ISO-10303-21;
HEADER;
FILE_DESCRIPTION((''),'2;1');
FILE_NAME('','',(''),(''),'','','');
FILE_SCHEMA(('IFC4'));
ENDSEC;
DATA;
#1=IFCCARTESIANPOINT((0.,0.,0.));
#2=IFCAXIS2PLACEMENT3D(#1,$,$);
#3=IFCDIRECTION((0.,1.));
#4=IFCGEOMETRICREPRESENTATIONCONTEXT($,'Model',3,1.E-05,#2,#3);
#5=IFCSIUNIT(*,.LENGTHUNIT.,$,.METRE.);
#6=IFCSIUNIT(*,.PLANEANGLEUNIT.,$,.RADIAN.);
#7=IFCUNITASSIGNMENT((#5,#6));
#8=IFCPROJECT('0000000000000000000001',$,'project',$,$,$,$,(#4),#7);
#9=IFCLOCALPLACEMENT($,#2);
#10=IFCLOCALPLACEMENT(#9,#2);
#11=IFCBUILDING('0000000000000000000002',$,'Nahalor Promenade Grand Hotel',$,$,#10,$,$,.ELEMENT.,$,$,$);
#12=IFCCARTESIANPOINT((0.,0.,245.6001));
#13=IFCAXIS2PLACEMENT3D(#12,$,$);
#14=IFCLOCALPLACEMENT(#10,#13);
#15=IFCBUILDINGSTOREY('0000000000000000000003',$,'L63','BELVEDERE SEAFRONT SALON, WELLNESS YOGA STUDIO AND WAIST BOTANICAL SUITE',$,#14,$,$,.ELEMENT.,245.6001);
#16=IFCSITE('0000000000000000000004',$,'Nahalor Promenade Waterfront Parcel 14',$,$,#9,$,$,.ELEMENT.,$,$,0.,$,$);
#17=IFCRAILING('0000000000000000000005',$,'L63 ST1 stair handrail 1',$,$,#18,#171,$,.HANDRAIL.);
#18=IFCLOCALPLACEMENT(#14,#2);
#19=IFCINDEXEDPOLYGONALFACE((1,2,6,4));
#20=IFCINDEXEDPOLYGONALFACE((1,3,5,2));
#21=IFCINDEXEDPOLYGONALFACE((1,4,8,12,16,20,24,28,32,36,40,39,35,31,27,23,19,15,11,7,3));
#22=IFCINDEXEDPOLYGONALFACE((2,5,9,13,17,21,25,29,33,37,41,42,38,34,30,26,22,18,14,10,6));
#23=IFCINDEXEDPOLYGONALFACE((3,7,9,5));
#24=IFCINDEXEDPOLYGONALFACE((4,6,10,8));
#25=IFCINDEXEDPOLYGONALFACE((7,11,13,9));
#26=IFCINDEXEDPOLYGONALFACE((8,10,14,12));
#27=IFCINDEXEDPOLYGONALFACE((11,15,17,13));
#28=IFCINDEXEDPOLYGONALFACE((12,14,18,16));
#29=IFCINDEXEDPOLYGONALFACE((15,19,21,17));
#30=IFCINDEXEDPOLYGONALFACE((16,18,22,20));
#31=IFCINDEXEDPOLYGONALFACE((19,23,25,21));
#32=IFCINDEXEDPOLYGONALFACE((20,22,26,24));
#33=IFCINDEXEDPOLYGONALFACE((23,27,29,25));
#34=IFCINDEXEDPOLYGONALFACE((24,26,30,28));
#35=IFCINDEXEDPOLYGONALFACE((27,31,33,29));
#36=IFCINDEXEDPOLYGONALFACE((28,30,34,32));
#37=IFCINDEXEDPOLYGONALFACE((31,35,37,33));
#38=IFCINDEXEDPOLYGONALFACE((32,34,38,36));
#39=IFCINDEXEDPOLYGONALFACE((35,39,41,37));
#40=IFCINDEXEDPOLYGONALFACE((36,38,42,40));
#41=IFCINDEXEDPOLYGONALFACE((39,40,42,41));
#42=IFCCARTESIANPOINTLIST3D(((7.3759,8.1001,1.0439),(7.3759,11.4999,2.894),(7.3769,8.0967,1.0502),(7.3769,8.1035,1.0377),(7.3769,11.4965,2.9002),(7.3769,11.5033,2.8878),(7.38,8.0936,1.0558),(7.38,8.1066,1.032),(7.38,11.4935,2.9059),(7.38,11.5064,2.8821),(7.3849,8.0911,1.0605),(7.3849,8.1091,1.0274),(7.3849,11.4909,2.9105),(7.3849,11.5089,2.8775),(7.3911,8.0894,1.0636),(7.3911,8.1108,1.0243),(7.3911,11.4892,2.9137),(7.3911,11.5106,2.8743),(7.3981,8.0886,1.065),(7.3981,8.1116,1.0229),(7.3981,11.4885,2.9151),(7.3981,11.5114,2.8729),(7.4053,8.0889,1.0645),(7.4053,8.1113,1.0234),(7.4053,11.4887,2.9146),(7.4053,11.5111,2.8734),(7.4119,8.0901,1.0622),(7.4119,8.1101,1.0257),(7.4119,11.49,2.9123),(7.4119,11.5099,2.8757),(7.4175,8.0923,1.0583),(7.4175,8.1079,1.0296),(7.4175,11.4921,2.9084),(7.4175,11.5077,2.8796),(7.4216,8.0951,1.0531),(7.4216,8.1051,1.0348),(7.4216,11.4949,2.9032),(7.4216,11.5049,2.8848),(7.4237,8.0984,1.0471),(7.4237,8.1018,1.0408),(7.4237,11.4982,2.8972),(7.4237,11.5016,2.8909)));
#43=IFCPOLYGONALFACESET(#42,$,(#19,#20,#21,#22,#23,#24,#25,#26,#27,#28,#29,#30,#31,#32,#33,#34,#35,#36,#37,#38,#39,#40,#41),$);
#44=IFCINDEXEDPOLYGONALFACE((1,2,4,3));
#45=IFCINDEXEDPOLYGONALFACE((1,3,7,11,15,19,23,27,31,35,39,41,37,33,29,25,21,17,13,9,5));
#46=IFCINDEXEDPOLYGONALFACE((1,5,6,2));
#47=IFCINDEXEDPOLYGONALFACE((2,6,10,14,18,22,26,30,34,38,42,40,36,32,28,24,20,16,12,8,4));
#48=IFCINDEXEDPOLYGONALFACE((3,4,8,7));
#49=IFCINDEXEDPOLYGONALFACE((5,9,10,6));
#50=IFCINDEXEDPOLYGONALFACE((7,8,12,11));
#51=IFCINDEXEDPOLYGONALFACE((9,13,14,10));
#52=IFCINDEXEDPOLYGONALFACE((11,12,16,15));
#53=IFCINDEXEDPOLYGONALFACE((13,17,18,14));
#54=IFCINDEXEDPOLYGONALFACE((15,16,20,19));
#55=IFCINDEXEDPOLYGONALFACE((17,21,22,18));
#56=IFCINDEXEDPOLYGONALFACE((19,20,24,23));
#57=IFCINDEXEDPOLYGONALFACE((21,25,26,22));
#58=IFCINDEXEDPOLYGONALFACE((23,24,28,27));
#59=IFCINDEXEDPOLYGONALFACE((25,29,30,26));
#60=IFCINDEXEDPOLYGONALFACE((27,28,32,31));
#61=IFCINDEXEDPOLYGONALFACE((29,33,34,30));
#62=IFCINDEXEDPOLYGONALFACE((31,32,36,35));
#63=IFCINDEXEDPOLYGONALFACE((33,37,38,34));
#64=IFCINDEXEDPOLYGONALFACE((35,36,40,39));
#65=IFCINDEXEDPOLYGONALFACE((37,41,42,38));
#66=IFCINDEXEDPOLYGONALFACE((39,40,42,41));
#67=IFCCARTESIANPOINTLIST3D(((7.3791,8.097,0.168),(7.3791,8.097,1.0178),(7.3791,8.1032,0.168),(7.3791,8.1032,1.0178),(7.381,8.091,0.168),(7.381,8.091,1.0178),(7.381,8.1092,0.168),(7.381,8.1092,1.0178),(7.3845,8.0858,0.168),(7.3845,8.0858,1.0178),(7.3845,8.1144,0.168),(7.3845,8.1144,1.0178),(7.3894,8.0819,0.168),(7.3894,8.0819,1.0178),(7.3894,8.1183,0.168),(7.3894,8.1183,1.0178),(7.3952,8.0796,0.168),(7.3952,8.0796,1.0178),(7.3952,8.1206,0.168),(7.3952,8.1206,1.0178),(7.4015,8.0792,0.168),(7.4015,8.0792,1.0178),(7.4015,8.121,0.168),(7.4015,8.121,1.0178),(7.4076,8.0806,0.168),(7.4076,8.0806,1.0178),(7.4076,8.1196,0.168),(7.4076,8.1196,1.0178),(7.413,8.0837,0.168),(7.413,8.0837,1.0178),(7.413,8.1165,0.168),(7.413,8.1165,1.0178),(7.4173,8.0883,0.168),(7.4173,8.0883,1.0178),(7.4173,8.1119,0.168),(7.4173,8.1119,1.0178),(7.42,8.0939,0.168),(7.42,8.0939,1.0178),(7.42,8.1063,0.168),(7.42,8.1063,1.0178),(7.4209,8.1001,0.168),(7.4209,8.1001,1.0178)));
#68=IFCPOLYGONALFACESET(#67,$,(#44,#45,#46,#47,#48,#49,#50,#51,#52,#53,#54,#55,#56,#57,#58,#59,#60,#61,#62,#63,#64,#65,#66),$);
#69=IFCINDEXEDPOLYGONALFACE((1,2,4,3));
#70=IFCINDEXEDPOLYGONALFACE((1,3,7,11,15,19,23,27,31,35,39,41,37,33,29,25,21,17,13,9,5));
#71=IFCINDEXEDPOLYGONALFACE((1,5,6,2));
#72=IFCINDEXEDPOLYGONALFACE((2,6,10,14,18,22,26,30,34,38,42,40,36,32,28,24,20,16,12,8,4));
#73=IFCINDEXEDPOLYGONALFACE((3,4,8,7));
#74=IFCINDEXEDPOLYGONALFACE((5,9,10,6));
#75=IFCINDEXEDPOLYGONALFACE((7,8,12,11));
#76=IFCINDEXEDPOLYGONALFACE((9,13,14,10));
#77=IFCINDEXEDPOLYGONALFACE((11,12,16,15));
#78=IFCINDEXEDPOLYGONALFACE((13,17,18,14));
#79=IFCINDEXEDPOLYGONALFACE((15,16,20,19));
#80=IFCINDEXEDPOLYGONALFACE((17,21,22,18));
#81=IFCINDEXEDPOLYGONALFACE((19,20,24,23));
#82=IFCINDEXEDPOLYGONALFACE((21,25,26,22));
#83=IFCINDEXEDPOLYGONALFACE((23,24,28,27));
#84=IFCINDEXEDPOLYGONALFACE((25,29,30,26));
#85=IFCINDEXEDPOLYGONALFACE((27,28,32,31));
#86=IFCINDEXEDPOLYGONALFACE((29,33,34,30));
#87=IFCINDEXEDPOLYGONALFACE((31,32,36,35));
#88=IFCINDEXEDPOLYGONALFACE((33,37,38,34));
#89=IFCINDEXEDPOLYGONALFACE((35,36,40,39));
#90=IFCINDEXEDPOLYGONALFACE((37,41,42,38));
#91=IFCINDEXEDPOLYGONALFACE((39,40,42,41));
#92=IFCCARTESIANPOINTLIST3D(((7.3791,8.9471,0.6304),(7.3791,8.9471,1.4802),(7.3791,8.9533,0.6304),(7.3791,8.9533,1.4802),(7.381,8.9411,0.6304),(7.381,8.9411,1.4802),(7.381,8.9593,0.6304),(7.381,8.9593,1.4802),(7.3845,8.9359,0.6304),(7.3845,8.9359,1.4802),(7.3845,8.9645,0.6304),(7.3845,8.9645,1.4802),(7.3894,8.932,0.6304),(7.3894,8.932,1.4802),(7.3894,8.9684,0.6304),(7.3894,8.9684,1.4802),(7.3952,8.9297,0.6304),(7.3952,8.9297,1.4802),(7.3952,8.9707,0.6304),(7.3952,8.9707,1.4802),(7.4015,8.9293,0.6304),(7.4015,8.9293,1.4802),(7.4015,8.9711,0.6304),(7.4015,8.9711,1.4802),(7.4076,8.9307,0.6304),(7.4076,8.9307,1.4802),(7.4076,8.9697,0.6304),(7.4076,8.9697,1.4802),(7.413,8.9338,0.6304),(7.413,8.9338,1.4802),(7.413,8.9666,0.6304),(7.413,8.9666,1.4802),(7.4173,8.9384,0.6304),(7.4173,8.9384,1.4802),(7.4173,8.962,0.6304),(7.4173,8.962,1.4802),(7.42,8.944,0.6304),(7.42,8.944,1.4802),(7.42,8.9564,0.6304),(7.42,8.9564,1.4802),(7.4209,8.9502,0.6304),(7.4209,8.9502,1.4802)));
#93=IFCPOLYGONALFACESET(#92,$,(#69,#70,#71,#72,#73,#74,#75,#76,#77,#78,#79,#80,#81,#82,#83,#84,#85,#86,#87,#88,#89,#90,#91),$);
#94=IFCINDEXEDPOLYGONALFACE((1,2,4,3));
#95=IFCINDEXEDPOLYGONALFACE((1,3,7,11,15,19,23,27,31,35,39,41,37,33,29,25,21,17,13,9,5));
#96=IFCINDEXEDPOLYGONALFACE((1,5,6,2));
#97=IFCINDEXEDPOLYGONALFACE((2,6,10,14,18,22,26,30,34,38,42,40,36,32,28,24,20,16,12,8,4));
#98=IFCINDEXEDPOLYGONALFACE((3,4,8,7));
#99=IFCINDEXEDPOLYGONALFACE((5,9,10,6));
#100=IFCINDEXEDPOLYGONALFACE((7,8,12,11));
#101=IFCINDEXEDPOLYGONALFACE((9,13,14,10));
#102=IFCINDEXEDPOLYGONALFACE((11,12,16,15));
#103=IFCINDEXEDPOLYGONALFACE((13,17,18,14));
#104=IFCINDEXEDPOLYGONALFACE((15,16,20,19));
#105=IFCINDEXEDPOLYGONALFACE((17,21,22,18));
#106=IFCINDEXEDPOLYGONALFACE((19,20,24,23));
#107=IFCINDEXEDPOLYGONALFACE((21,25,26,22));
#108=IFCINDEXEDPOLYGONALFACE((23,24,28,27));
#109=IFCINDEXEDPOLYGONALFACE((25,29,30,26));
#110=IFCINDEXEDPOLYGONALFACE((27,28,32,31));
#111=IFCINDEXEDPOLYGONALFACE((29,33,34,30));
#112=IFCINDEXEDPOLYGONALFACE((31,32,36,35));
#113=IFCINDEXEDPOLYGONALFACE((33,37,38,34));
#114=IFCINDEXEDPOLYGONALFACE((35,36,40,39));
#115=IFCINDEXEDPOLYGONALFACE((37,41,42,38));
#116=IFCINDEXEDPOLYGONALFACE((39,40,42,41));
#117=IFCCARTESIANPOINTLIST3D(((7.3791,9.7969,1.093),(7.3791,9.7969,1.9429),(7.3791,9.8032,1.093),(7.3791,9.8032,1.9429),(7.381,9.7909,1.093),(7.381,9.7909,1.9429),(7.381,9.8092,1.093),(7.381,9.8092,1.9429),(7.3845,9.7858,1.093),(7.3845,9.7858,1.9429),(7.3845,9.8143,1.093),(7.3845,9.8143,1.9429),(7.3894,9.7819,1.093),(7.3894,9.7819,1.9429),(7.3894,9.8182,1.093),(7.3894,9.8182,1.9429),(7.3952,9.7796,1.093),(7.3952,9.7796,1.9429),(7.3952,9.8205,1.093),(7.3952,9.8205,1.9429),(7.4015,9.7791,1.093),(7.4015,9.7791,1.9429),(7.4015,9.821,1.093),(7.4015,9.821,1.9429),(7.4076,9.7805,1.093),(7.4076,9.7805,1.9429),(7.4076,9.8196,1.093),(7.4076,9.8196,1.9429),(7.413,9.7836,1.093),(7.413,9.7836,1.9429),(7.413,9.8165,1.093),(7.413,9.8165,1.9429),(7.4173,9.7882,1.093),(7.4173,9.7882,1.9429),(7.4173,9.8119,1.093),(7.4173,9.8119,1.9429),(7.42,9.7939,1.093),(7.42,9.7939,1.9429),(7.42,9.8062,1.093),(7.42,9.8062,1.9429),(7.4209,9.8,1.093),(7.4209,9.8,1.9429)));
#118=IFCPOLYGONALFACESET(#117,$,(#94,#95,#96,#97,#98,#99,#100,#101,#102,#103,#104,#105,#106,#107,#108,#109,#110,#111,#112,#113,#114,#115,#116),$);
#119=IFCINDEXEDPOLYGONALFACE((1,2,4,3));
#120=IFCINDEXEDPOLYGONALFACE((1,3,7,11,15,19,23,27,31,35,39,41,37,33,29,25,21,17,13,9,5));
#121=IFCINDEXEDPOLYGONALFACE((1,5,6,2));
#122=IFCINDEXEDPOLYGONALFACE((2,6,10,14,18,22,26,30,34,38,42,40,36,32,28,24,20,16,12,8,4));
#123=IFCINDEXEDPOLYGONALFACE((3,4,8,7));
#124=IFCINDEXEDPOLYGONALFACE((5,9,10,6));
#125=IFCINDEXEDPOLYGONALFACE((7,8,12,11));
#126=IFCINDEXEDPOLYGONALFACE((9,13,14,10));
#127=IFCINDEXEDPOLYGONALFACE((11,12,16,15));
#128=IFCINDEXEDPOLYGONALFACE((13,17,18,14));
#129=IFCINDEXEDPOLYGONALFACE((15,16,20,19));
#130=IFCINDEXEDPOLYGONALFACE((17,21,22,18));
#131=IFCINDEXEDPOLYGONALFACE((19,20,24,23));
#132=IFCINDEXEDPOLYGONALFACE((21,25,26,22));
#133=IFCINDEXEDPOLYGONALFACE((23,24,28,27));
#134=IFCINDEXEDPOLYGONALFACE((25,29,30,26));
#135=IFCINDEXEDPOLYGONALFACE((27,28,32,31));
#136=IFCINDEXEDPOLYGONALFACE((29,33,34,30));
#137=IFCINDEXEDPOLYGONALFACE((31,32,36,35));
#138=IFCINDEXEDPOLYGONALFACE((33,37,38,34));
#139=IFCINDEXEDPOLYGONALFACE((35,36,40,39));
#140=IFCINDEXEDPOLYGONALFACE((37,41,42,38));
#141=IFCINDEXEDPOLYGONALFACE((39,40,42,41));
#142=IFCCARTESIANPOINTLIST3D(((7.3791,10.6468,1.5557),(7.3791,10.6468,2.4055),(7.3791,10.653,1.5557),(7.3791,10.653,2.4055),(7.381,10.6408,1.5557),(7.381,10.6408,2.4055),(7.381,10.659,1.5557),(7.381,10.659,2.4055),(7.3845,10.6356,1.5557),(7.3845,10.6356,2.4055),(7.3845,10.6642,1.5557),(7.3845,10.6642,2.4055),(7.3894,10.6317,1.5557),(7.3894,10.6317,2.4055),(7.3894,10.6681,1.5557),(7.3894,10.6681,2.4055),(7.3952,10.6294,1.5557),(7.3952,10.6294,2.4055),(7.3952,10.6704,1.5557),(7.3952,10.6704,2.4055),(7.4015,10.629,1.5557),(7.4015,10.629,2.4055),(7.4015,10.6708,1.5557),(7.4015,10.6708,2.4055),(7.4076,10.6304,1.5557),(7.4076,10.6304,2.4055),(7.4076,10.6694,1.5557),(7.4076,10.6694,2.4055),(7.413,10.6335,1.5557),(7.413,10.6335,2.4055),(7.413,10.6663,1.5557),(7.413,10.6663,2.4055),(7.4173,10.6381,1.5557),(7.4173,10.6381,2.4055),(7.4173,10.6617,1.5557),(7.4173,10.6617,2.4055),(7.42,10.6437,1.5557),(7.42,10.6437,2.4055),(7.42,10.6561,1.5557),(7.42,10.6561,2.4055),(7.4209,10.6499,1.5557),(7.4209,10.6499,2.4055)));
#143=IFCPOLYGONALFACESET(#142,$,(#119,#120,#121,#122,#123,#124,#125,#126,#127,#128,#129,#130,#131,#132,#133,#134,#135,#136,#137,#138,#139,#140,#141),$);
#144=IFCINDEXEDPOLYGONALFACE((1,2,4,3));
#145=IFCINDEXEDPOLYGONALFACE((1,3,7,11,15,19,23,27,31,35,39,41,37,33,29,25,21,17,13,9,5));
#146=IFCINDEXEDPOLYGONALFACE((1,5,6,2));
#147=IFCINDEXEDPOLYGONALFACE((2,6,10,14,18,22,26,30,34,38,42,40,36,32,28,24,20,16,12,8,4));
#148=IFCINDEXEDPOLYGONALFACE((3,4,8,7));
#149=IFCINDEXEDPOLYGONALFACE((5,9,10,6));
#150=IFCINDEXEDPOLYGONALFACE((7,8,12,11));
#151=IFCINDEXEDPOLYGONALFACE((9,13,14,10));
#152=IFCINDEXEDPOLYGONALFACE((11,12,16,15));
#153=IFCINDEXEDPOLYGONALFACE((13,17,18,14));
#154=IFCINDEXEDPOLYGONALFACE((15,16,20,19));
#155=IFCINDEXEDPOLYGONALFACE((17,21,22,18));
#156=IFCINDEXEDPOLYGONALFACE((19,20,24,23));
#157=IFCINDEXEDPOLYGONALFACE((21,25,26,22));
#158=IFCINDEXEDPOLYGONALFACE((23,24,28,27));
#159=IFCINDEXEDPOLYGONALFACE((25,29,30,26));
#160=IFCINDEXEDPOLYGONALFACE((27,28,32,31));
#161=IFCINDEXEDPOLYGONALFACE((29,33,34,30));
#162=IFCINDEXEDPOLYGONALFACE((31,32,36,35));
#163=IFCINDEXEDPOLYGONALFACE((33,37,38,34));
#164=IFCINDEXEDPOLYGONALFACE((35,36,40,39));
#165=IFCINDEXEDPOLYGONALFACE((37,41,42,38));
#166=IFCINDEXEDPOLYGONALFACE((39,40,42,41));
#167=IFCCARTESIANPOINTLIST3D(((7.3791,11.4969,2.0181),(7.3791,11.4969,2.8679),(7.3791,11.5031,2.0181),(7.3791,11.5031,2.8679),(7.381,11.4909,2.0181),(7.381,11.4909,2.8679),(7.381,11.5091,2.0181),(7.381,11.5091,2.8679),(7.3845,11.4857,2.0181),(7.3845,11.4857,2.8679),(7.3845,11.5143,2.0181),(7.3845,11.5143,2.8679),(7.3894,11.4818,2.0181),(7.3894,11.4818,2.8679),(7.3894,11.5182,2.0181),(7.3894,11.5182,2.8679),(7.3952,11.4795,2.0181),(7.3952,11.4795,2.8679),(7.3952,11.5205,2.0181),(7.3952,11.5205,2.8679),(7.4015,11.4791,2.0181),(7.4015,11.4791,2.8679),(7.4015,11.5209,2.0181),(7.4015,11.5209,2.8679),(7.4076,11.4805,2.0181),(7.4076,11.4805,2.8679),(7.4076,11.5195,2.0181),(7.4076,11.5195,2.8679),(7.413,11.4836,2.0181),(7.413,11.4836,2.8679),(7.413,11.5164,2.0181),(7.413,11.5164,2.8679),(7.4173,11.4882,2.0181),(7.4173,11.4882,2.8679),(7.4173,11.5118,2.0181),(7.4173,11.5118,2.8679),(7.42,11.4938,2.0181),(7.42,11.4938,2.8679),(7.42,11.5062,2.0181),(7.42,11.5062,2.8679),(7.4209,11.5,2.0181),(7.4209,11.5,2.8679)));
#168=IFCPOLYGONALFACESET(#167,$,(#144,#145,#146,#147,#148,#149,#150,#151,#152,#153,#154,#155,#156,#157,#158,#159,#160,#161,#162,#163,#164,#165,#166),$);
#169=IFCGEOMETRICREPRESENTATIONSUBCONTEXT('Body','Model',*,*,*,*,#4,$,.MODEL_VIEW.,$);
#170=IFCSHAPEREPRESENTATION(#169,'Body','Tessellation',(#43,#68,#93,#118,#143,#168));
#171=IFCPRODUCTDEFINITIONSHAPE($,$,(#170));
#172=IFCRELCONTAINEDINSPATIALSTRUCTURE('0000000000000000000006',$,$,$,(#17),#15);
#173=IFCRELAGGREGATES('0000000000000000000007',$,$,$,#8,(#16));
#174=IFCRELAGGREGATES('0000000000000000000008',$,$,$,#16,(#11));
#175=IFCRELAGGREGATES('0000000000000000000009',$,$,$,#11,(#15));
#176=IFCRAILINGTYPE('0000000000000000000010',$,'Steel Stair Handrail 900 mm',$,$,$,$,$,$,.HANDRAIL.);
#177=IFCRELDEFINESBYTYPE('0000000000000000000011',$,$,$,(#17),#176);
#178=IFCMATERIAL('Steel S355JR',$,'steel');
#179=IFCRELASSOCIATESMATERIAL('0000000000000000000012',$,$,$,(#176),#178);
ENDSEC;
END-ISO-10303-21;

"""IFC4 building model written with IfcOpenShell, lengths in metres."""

from ifc_helpers import new_model, si_unit, direction, frame, origin, origin_2d, place, context, subcontext, project, spatial, circle, extrude, material, type_object, element, save


model = new_model("IFC4")

# Units and contexts
model_context = context("Model", 3, precision=1e-05, world=origin(), true_north=direction((0.0, 1.0)))
body_context = subcontext(model_context, "Body", "Model", "MODEL_VIEW")
ifc_project = project(units=[si_unit("LENGTHUNIT", "METRE"), si_unit("PLANEANGLEUNIT", "RADIAN")], contexts=[model_context])

# Site, building, storey
site_placement = place(None, origin())
site = spatial("IfcSite", under=ifc_project, at=site_placement, Name="Nahalor Promenade Waterfront Parcel 14", CompositionType="ELEMENT", RefElevation=0.0)
building_placement = place(site_placement, origin())
building = spatial("IfcBuilding", under=site, at=building_placement, Name="Nahalor Promenade Grand Hotel", CompositionType="ELEMENT")
storey_placement = place(building_placement, frame((0.0, 0.0, 245.6001)))
storey = spatial("IfcBuildingStorey", under=building, at=storey_placement, Name="L63", Description="BELVEDERE SEAFRONT SALON, WELLNESS YOGA STUDIO AND WAIST BOTANICAL SUITE", CompositionType="ELEMENT", Elevation=245.6001)

# Shared definitions
ifc_material_1 = material(Name="Steel S355JR", Category="steel")

# Railing
railing_type_1 = type_object("IfcRailingType", Name="Steel Stair Handrail 900 mm", PredefinedType="HANDRAIL", material=ifc_material_1)
railing_1_placement = place(storey_placement, frame((7.3999, 8.1001, 0.168)))
element("IfcRailing", 1, at=railing_1_placement, inside=storey, type_object=railing_type_1, Name="L63 ST1 stair handrail 1", PredefinedType="HANDRAIL", context=body_context, shape_type="SweptSolid", body=[
    extrude(circle(Radius=0.024, at=origin_2d()), frame((0.0, 0.0, 0.876), z_axis=(0.0, 0.878372, 0.477977), x_axis=(-1.0, 0.0, 0.0)), (0.0, 0.0, 1.0), 3.8706),
    extrude(circle(Radius=0.021, at=origin_2d()), origin(), (0.0, 0.0, 1.0), 0.8499),
    extrude(circle(Radius=0.021, at=origin_2d()), frame((0.0, 0.8501, 0.4624)), (0.0, 0.0, 1.0), 0.8499),
    extrude(circle(Radius=0.021, at=origin_2d()), frame((0.0, 1.7, 0.925)), (0.0, 0.0, 1.0), 0.8499),
    extrude(circle(Radius=0.021, at=origin_2d()), frame((0.0, 2.5498, 1.3877)), (0.0, 0.0, 1.0), 0.8499),
    extrude(circle(Radius=0.021, at=origin_2d()), frame((0.0, 3.3999, 1.8501)), (0.0, 0.0, 1.0), 0.8499),
])

save(model, "model.ifc")
